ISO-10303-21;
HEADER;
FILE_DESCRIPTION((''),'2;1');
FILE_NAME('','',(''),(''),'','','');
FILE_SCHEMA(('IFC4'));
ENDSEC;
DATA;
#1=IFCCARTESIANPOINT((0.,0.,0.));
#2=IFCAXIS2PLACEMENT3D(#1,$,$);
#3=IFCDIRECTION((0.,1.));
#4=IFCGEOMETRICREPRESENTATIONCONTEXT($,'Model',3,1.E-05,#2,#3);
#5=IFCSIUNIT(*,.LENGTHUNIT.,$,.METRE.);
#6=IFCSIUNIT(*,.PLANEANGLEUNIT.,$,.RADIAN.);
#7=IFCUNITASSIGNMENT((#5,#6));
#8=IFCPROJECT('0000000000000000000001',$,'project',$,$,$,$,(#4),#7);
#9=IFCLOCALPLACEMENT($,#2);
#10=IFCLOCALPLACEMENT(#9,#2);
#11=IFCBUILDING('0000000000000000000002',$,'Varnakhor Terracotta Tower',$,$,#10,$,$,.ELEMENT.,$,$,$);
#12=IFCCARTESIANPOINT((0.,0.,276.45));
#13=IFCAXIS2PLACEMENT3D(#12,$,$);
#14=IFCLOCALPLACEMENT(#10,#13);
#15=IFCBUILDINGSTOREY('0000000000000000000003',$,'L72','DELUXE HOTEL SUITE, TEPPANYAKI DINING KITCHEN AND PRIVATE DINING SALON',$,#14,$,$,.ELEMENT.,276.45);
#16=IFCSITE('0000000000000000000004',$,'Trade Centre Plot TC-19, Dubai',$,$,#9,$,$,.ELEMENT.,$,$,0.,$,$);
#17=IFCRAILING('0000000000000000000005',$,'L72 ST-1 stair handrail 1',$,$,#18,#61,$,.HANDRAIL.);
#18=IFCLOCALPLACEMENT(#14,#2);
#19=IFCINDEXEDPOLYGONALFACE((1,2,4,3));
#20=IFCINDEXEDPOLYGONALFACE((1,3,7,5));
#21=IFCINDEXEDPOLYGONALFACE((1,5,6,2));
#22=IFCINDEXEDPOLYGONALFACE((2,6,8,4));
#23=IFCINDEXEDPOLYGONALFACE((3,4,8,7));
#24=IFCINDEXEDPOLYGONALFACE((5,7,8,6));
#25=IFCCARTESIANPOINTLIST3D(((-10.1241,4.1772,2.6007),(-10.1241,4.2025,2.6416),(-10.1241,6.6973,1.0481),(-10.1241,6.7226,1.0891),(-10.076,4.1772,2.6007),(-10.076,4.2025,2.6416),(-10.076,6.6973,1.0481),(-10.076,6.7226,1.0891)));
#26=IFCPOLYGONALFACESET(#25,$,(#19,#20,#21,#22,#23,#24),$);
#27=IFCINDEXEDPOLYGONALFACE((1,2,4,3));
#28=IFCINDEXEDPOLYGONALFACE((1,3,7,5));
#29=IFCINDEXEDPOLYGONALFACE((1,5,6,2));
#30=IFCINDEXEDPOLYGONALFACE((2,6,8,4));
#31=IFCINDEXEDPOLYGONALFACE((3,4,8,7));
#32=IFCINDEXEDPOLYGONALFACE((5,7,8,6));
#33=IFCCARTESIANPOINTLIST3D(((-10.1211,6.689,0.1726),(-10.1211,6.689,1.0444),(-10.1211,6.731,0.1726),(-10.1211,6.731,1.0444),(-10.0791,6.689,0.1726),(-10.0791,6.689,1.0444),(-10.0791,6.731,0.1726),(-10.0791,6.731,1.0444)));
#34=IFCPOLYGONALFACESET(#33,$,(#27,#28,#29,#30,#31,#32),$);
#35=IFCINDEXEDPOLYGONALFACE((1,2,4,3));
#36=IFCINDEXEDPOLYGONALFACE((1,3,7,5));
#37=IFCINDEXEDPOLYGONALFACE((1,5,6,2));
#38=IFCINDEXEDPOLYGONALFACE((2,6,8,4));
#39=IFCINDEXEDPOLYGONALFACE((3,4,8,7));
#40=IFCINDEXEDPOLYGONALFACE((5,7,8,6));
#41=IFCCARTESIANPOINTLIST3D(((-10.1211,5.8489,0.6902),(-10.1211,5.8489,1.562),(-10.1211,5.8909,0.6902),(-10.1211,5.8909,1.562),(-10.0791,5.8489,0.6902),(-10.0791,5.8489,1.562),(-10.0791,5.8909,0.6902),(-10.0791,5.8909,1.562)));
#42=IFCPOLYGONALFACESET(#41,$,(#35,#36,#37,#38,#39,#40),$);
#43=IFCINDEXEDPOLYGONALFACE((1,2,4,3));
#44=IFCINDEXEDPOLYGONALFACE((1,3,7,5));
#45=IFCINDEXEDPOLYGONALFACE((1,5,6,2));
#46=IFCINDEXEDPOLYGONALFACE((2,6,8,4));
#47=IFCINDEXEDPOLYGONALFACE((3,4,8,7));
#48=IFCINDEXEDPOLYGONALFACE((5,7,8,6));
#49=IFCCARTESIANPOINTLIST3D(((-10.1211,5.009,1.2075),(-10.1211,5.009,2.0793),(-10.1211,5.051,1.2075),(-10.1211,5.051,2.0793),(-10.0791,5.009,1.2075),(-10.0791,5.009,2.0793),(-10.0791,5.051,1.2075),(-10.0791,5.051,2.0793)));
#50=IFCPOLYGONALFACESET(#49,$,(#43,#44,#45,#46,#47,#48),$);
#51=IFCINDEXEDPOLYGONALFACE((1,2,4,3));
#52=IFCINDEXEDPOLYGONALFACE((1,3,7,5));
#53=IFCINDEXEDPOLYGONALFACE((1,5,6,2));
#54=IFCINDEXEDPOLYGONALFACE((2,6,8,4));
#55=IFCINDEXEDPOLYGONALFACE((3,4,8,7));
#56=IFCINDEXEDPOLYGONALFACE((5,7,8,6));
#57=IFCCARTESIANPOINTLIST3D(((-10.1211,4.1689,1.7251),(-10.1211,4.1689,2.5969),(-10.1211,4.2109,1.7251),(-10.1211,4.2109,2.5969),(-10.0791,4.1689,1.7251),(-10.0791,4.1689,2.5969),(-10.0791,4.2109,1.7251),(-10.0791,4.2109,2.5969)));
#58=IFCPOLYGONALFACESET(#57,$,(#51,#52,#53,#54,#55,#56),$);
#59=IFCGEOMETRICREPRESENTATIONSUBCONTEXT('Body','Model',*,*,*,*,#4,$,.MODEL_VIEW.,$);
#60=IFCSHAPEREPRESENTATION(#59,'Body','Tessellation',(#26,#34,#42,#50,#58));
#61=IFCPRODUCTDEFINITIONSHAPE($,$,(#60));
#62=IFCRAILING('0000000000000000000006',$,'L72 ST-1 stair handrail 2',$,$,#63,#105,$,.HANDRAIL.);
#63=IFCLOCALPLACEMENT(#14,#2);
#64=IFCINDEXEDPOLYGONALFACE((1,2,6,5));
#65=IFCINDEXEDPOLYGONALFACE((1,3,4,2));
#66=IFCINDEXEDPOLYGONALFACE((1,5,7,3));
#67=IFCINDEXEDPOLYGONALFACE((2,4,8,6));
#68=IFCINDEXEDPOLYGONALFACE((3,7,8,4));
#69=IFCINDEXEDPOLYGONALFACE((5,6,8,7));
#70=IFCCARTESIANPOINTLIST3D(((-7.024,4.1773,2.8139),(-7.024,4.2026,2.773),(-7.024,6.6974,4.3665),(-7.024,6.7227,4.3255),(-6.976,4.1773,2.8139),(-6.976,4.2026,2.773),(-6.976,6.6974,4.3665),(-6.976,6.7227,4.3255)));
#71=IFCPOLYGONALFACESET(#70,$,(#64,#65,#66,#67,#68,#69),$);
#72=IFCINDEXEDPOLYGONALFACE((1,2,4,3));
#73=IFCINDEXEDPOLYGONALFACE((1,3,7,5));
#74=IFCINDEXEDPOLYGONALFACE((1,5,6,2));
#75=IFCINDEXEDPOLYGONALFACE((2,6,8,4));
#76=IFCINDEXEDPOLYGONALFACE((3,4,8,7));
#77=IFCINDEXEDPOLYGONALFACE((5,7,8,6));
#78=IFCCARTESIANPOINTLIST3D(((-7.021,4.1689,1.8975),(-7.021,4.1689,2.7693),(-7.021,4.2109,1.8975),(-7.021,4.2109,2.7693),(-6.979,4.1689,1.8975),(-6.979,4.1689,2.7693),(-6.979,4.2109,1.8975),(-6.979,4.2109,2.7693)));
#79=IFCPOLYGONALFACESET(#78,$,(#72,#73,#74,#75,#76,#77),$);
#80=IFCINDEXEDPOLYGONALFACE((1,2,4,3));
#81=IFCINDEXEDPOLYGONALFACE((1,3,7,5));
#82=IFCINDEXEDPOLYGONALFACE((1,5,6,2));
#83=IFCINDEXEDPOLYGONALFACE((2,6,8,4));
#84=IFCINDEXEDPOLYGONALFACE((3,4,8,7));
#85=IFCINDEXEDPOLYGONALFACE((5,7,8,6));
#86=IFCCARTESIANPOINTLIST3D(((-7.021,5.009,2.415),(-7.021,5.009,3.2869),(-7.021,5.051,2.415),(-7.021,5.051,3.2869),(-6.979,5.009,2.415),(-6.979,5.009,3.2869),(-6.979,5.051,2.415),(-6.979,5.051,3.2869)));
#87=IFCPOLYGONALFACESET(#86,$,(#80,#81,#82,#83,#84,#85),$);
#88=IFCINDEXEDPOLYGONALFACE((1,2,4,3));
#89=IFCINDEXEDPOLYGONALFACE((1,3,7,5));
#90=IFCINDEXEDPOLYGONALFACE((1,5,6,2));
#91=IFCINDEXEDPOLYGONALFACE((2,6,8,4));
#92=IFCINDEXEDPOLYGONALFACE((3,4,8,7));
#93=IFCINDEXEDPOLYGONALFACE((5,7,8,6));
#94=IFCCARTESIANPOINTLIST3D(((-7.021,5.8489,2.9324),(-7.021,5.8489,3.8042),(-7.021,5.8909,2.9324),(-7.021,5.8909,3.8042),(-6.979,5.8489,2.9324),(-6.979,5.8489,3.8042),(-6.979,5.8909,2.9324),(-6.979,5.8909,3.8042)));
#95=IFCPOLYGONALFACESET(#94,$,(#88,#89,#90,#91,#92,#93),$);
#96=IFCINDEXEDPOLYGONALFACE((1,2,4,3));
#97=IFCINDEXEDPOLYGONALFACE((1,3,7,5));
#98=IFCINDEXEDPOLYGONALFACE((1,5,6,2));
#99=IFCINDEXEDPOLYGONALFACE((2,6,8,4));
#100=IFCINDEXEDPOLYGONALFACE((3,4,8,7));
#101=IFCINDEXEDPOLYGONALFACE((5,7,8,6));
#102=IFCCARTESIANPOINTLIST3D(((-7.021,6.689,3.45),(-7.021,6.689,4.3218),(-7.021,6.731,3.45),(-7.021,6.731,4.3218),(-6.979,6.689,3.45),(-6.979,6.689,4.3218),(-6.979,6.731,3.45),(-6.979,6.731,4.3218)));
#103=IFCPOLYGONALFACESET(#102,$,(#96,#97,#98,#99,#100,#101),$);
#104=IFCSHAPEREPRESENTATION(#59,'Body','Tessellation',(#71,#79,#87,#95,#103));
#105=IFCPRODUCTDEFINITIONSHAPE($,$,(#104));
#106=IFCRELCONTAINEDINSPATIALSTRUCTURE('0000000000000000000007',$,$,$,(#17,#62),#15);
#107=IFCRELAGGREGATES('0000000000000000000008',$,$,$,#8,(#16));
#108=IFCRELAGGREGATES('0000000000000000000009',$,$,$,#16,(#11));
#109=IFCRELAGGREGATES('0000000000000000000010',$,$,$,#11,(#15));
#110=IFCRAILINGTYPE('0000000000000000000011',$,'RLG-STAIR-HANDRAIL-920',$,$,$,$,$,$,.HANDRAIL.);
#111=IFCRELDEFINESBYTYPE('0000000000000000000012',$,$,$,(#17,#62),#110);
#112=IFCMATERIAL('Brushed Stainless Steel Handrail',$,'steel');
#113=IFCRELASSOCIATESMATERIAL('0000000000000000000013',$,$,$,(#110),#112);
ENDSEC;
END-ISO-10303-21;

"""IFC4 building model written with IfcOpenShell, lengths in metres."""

from ifc_helpers import new_model, si_unit, direction, frame, origin, origin_2d, place, context, subcontext, project, spatial, rectangle, extrude, material, type_object, element, save


model = new_model("IFC4")

# Units and contexts
model_context = context("Model", 3, precision=1e-05, world=origin(), true_north=direction((0.0, 1.0)))
body_context = subcontext(model_context, "Body", "Model", "MODEL_VIEW")
ifc_project = project(units=[si_unit("LENGTHUNIT", "METRE"), si_unit("PLANEANGLEUNIT", "RADIAN")], contexts=[model_context])

# Site, building, storey
site_placement = place(None, origin())
site = spatial("IfcSite", under=ifc_project, at=site_placement, Name="Trade Centre Plot TC-19, Dubai", CompositionType="ELEMENT", RefElevation=0.0)
building_placement = place(site_placement, origin())
building = spatial("IfcBuilding", under=site, at=building_placement, Name="Varnakhor Terracotta Tower", CompositionType="ELEMENT")
storey_placement = place(building_placement, frame((0.0, 0.0, 276.45)))
storey = spatial("IfcBuildingStorey", under=building, at=storey_placement, Name="L72", Description="DELUXE HOTEL SUITE, TEPPANYAKI DINING KITCHEN AND PRIVATE DINING SALON", CompositionType="ELEMENT", Elevation=276.45)

# Railings
ifc_material_1 = material(Name="Brushed Stainless Steel Handrail", Category="steel")
railing_type_1 = type_object("IfcRailingType", Name="RLG-STAIR-HANDRAIL-920", PredefinedType="HANDRAIL", material=ifc_material_1)
railing_1_placement = place(storey_placement, frame((-10.1001, 6.71, 0.1726)))
element("IfcRailing", 1, at=railing_1_placement, inside=storey, type_object=railing_type_1, Name="L72 ST-1 stair handrail 1", PredefinedType="HANDRAIL", context=body_context, shape_type="SweptSolid", body=[
    extrude(rectangle(XDim=0.0481, YDim=0.0481, at=origin_2d()), frame((0.0, 0.0, 0.896), z_axis=(0.0, -0.8514, 0.524516), x_axis=(1.0, 0.0, 0.0)), (0.0, 0.0, 1.0), 2.96),
    extrude(rectangle(XDim=0.042, YDim=0.042, at=origin_2d()), origin(), (0.0, 0.0, 1.0), 0.8718),
    extrude(rectangle(XDim=0.042, YDim=0.042, at=origin_2d()), frame((0.0, -0.8401, 0.5176)), (0.0, 0.0, 1.0), 0.8718),
    extrude(rectangle(XDim=0.042, YDim=0.042, at=origin_2d()), frame((0.0, -1.6799, 1.0349)), (0.0, 0.0, 1.0), 0.8718),
    extrude(rectangle(XDim=0.042, YDim=0.042, at=origin_2d()), frame((0.0, -2.52, 1.5525)), (0.0, 0.0, 1.0), 0.8718),
])
railing_2_placement = place(storey_placement, frame((-7.0, 4.1899, 1.8975)))
element("IfcRailing", 2, at=railing_2_placement, inside=storey, type_object=railing_type_1, Name="L72 ST-1 stair handrail 2", PredefinedType="HANDRAIL", context=body_context, shape_type="SweptSolid", body=[
    extrude(rectangle(XDim=0.0481, YDim=0.0481, at=origin_2d()), frame((0.0, 0.0, 0.896), z_axis=(0.0, 0.8514, 0.524516), x_axis=(-1.0, 0.0, 0.0)), (0.0, 0.0, 1.0), 2.96),
    extrude(rectangle(XDim=0.042, YDim=0.042, at=origin_2d()), origin(), (0.0, 0.0, 1.0), 0.8718),
    extrude(rectangle(XDim=0.042, YDim=0.042, at=origin_2d()), frame((0.0, 0.8401, 0.5176)), (0.0, 0.0, 1.0), 0.8718),
    extrude(rectangle(XDim=0.042, YDim=0.042, at=origin_2d()), frame((0.0, 1.6799, 1.0349)), (0.0, 0.0, 1.0), 0.8718),
    extrude(rectangle(XDim=0.042, YDim=0.042, at=origin_2d()), frame((0.0, 2.52, 1.5525)), (0.0, 0.0, 1.0), 0.8718),
])

save(model, "model.ifc")
